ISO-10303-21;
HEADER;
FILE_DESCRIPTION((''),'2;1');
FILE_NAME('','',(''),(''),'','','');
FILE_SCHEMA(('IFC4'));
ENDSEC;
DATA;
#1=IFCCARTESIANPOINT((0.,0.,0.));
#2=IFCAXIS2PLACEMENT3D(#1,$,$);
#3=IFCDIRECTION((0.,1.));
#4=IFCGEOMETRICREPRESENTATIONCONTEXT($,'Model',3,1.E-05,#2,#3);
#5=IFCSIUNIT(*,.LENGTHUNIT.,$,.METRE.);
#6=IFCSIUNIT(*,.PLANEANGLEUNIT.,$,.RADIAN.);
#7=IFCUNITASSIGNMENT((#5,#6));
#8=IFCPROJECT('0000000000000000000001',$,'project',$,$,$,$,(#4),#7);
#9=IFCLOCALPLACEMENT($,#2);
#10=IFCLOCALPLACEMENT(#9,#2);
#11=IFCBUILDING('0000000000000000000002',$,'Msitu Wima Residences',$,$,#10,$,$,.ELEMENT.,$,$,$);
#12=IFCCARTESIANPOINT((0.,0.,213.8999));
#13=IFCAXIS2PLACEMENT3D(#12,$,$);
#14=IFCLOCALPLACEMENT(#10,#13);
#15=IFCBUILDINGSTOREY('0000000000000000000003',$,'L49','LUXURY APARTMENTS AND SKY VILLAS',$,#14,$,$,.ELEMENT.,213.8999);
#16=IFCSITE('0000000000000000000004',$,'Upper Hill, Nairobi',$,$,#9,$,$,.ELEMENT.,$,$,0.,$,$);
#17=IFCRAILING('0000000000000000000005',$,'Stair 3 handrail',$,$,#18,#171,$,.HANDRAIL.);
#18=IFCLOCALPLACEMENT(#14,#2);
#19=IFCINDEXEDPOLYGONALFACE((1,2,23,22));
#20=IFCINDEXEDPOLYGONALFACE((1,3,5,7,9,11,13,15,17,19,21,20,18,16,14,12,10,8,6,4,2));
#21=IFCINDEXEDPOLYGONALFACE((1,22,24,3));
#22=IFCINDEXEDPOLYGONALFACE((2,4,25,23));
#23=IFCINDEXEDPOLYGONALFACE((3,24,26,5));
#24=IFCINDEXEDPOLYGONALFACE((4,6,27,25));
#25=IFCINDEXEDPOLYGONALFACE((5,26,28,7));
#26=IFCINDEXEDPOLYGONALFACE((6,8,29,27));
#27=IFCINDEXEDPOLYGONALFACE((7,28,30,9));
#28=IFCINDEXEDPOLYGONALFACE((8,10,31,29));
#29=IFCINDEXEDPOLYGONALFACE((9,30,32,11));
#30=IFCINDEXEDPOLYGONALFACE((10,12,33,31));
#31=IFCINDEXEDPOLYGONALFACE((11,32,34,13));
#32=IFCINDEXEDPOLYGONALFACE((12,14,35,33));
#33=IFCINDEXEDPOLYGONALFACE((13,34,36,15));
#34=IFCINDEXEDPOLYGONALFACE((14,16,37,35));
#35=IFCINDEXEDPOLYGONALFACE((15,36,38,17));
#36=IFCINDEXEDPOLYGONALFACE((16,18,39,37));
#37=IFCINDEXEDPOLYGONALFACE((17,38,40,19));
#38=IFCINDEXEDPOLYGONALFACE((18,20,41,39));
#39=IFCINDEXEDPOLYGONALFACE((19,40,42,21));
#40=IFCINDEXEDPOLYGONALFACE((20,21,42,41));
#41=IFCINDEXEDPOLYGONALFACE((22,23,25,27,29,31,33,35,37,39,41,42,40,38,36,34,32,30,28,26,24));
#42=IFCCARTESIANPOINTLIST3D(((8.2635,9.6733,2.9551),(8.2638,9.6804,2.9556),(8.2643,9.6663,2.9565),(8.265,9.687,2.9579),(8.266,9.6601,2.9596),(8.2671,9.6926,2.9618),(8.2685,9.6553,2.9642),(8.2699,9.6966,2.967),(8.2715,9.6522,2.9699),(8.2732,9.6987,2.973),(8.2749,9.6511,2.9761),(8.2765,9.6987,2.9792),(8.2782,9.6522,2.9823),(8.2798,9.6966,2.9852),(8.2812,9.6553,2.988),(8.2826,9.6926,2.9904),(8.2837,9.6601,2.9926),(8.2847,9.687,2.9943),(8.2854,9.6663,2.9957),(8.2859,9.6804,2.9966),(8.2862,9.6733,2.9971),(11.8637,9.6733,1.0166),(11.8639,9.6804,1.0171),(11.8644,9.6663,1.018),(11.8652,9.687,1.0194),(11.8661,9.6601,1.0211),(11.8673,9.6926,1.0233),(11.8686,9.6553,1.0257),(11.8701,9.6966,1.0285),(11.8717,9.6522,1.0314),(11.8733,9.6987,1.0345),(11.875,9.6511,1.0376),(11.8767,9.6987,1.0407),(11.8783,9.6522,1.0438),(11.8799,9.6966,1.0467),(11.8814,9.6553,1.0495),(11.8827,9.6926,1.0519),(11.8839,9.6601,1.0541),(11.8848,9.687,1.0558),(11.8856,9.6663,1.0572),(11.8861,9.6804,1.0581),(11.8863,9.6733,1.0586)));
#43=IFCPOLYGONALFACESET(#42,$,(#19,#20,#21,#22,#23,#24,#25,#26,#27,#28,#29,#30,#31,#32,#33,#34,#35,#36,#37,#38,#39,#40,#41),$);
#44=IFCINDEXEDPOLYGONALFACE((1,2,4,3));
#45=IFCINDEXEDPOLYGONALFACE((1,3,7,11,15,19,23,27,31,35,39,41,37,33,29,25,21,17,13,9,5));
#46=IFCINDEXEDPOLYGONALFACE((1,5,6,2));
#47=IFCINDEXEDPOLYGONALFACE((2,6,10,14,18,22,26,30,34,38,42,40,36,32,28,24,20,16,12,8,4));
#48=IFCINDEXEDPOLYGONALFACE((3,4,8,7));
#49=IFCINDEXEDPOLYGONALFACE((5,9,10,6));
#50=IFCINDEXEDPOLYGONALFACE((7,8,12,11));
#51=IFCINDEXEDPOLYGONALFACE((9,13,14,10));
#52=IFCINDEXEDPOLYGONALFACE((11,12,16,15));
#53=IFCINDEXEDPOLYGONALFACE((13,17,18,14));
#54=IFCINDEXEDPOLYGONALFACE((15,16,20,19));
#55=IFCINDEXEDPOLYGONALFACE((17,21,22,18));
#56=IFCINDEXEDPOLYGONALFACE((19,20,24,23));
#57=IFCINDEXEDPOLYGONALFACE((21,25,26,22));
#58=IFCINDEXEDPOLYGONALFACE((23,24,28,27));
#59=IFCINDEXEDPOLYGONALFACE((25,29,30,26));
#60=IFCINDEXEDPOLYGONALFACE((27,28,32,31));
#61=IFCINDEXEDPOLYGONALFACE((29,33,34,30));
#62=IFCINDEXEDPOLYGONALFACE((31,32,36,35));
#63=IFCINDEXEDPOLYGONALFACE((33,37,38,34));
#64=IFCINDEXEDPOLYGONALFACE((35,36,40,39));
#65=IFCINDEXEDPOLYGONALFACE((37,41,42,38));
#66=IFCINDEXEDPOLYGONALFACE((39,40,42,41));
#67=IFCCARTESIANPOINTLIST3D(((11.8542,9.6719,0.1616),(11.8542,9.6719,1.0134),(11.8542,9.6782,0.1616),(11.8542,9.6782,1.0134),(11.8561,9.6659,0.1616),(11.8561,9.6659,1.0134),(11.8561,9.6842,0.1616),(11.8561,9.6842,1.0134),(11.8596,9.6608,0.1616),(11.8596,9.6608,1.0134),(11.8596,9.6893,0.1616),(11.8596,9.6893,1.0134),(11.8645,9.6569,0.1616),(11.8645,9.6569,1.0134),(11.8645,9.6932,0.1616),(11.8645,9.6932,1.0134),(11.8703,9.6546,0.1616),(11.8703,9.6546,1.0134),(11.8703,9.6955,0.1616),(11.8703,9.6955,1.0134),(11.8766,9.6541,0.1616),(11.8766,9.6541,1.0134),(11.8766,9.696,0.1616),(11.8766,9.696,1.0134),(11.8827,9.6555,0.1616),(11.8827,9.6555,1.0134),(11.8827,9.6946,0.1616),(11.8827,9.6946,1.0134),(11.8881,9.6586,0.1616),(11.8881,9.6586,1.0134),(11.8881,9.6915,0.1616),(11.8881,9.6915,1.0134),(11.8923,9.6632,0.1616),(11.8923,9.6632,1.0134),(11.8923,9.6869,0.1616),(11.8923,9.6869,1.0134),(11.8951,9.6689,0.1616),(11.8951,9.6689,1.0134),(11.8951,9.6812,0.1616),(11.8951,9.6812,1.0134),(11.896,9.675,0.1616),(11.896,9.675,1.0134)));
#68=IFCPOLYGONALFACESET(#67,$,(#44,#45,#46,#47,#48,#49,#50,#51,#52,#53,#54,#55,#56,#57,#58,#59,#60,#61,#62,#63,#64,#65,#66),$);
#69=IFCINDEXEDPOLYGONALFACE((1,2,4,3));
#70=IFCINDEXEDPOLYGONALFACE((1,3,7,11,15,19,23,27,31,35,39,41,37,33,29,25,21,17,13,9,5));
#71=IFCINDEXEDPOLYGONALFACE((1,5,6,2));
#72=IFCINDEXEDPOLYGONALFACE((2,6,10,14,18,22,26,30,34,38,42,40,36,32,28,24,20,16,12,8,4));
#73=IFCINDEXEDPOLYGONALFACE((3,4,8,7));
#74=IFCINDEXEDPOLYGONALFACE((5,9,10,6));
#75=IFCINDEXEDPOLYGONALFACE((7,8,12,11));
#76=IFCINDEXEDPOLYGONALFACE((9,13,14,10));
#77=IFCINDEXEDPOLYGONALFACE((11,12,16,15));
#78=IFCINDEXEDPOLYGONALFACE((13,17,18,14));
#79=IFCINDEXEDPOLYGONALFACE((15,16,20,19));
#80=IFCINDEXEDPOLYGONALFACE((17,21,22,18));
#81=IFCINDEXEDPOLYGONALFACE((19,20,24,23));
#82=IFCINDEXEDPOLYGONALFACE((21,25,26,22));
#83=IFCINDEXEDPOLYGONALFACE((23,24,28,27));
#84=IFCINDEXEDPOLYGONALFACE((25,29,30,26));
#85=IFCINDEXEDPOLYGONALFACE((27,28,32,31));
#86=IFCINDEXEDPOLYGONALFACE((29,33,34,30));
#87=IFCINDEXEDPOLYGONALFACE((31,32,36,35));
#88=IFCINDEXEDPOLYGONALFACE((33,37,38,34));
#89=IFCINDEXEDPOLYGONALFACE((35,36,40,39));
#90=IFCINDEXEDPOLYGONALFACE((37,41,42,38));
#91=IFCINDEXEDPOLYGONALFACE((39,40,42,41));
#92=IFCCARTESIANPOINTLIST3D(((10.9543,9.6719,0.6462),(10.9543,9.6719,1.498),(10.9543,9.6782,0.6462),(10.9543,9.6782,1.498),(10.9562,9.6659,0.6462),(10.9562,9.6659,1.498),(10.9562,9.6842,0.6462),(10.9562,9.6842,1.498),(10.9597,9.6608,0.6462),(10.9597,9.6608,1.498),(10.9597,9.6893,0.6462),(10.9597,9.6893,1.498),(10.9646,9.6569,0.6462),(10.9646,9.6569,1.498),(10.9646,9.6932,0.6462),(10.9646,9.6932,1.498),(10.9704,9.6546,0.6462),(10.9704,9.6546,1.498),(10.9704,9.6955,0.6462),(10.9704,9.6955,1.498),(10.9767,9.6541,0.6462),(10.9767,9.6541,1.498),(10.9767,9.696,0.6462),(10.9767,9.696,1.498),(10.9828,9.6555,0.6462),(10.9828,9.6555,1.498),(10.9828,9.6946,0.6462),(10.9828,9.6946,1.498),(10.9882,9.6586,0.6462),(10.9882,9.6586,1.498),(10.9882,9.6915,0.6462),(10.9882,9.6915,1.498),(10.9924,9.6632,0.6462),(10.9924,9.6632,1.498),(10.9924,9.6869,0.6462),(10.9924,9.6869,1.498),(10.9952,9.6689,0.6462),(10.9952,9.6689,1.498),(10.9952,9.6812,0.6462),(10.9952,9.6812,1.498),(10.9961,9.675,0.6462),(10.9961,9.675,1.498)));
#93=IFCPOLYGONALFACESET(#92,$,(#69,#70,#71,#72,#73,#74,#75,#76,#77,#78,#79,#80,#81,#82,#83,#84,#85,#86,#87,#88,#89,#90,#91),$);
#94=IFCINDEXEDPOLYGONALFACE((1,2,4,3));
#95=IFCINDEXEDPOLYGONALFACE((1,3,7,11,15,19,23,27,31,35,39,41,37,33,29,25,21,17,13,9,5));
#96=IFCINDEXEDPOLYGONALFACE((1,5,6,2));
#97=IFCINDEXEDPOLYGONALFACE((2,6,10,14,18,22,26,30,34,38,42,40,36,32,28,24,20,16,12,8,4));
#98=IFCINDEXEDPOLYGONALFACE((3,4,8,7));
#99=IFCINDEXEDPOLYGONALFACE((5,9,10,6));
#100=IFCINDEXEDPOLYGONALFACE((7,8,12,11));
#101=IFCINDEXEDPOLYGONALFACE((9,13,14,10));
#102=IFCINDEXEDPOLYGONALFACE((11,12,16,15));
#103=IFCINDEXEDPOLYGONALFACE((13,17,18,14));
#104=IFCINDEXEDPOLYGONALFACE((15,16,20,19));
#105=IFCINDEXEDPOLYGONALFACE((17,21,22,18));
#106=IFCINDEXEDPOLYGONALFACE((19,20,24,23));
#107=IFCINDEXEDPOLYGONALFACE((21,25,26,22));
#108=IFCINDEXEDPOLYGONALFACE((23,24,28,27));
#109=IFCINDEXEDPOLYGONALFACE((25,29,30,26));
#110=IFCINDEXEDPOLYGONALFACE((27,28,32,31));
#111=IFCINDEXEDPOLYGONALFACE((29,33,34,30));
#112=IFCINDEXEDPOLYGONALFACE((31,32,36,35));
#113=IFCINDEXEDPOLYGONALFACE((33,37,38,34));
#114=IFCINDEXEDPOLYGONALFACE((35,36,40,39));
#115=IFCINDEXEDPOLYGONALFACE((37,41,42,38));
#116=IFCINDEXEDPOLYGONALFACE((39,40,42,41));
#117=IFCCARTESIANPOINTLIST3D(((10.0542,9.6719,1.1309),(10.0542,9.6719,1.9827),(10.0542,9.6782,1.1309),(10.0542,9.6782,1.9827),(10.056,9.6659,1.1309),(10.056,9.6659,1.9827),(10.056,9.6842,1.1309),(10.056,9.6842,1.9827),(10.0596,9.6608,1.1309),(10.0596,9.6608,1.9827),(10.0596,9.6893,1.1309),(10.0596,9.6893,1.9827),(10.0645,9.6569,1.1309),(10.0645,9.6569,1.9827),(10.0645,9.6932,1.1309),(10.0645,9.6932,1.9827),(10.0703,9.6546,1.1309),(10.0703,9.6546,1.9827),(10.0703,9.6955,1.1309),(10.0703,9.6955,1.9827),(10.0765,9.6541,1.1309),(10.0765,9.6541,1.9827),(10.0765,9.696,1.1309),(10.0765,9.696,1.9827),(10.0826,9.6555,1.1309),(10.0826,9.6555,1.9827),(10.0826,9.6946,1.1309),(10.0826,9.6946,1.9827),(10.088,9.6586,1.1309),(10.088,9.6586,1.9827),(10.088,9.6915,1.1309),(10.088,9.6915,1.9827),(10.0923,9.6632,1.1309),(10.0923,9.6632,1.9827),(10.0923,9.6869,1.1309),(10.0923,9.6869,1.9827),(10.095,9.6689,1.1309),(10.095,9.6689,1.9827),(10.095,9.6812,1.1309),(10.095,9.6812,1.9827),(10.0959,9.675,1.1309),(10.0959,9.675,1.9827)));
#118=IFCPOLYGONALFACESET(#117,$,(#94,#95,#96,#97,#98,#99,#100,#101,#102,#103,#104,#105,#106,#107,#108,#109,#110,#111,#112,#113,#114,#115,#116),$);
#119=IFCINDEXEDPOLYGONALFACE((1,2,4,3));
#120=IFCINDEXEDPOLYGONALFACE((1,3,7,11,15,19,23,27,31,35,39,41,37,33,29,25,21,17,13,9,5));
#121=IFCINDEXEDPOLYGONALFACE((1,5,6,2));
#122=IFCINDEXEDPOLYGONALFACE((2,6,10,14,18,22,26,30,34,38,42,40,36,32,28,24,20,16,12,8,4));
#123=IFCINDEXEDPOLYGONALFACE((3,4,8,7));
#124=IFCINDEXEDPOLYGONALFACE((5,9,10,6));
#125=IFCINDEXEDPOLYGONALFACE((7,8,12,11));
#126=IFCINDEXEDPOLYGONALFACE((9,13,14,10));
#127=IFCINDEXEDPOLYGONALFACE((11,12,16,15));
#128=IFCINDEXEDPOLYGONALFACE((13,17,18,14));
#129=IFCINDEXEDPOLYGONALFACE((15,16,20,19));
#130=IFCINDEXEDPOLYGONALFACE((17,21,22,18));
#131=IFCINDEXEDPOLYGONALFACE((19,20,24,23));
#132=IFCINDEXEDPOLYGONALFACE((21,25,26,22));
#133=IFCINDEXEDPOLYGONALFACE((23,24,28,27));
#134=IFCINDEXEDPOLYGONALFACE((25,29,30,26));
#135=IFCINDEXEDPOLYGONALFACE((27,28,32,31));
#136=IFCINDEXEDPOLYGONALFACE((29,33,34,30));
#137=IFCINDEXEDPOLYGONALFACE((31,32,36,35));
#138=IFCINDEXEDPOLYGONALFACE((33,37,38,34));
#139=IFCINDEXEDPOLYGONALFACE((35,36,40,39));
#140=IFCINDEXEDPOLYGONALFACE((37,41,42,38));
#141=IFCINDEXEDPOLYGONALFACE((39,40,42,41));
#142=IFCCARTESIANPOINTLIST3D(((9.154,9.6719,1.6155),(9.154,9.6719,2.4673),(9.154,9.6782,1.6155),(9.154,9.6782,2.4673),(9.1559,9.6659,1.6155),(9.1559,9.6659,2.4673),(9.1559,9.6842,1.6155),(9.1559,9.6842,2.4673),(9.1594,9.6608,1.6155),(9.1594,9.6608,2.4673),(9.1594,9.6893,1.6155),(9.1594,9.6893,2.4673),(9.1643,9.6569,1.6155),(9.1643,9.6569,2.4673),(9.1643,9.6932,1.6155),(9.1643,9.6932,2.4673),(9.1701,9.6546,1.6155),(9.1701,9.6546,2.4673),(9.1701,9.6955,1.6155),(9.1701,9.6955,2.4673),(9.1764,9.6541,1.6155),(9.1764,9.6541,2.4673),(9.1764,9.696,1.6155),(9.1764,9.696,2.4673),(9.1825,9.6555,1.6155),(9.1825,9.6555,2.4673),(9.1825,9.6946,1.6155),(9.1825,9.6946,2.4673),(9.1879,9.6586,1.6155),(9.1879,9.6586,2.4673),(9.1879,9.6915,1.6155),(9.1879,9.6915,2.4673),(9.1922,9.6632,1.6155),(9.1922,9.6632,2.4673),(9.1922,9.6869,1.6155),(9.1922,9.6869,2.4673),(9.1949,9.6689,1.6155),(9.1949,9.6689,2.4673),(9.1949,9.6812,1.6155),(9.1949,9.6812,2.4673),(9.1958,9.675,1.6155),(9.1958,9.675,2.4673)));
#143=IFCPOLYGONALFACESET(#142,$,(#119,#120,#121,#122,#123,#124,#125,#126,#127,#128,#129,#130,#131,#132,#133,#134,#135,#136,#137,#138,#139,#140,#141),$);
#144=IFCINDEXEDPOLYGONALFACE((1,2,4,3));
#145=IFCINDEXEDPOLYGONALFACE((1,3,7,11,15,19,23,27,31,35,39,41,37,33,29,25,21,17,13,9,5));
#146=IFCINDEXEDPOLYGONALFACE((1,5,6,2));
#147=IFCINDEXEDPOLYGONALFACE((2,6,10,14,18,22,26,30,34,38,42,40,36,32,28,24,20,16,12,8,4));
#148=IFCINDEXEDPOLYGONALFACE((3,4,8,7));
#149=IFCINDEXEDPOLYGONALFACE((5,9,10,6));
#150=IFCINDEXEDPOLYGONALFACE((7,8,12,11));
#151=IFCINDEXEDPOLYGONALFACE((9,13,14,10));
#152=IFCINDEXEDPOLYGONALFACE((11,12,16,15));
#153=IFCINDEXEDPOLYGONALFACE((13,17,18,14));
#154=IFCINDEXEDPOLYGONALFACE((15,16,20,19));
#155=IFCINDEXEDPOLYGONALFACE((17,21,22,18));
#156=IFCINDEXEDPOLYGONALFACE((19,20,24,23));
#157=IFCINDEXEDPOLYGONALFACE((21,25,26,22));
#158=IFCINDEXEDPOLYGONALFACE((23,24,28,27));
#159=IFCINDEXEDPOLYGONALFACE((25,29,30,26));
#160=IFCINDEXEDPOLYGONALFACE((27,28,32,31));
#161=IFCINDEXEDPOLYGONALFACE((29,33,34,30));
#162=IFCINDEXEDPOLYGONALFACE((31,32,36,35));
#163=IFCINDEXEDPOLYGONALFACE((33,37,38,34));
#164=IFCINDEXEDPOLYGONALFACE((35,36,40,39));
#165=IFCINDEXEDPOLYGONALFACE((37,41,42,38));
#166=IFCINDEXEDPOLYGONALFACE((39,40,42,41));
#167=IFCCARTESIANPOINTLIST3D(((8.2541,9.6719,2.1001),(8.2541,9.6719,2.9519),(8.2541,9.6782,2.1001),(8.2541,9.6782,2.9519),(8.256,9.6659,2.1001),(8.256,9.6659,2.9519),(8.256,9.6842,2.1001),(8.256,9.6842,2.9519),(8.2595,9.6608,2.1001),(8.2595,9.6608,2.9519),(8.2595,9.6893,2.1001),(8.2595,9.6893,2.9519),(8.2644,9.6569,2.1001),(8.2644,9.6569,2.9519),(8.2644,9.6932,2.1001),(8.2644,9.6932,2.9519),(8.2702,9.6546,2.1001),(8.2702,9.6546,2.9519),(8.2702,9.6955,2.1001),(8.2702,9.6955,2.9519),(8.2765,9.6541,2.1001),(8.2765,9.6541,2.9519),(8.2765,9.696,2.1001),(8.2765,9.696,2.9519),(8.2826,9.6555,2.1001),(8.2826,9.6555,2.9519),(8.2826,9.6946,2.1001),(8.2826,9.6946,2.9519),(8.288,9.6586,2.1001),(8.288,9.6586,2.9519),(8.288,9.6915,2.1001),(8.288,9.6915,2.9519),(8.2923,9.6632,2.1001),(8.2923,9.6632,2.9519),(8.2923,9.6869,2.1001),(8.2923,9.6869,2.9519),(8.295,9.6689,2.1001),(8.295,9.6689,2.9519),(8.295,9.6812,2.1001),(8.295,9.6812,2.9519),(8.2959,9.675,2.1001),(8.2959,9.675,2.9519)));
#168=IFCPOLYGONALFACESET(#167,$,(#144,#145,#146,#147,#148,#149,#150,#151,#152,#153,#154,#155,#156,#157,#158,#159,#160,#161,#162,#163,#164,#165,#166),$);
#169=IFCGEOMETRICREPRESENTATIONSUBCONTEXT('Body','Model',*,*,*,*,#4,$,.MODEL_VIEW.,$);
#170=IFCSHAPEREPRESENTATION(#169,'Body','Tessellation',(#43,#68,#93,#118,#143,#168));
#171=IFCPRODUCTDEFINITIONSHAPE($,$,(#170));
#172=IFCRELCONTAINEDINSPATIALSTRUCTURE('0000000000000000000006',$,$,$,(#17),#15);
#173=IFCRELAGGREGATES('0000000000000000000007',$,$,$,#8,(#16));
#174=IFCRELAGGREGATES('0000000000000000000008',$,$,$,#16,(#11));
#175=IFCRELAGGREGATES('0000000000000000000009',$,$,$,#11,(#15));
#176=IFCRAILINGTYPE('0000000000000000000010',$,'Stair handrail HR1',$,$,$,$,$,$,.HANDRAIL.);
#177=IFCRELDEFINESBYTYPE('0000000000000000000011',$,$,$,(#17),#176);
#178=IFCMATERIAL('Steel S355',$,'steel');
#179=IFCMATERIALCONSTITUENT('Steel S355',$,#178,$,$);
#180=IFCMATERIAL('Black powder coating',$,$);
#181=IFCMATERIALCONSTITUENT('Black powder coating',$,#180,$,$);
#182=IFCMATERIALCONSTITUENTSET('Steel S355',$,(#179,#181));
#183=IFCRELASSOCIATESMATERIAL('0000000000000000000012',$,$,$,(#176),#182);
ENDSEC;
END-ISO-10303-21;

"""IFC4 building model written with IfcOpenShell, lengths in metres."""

from ifc_helpers import new_model, si_unit, direction, frame, origin, origin_2d, place, context, subcontext, project, spatial, circle, extrude, material, constituent, constituent_set, type_object, element, save


model = new_model("IFC4")

# Units and contexts
model_context = context("Model", 3, precision=1e-05, world=origin(), true_north=direction((0.0, 1.0)))
body_context = subcontext(model_context, "Body", "Model", "MODEL_VIEW")
ifc_project = project(units=[si_unit("LENGTHUNIT", "METRE"), si_unit("PLANEANGLEUNIT", "RADIAN")], contexts=[model_context])

# Site, building, storey
site_placement = place(None, origin())
site = spatial("IfcSite", under=ifc_project, at=site_placement, Name="Upper Hill, Nairobi", CompositionType="ELEMENT", RefElevation=0.0)
building_placement = place(site_placement, origin())
building = spatial("IfcBuilding", under=site, at=building_placement, Name="Msitu Wima Residences", CompositionType="ELEMENT")
storey_placement = place(building_placement, frame((0.0, 0.0, 213.8999)))
storey = spatial("IfcBuildingStorey", under=building, at=storey_placement, Name="L49", Description="LUXURY APARTMENTS AND SKY VILLAS", CompositionType="ELEMENT", Elevation=213.8999)

# Railing
ifc_material_1 = material(Name="Steel S355", Category="steel")
ifc_constituent_1 = constituent(ifc_material_1, Name="Steel S355")
ifc_material_2 = material(Name="Black powder coating")
ifc_constituent_2 = constituent(ifc_material_2, Name="Black powder coating")
ifc_constituent_set_1 = constituent_set(constituents=[ifc_constituent_1, ifc_constituent_2], Name="Steel S355")
railing_type_1 = type_object("IfcRailingType", Name="Stair handrail HR1", PredefinedType="HANDRAIL", material=ifc_constituent_set_1)
for number, where, name in (
    (1, (11.875, 9.675, 0.1616), "Stair 3 handrail"),
):
    element("IfcRailing", number, at=place(storey_placement, frame(where)), inside=storey, type_object=railing_type_1, Name=name, PredefinedType="HANDRAIL", context=body_context, shape_type="SweptSolid", body=[
        extrude(circle(Radius=0.0239, at=origin_2d()), frame((0.0, 0.0, 0.876), z_axis=(-0.880475, 0.0, 0.474093), x_axis=(0.0, -1.0, 0.0)), (0.0, 0.0, 1.0), 4.0889),
        extrude(circle(Radius=0.021, at=origin_2d()), origin(), (0.0, 0.0, 1.0), 0.8518),
        extrude(circle(Radius=0.021, at=origin_2d()), frame((-0.8999, 0.0, 0.4846)), (0.0, 0.0, 1.0), 0.8518),
        extrude(circle(Radius=0.021, at=origin_2d()), frame((-1.8, 0.0, 0.9692)), (0.0, 0.0, 1.0), 0.8518),
        extrude(circle(Radius=0.021, at=origin_2d()), frame((-2.7002, 0.0, 1.4539)), (0.0, 0.0, 1.0), 0.8518),
        extrude(circle(Radius=0.021, at=origin_2d()), frame((-3.6001, 0.0, 1.9385)), (0.0, 0.0, 1.0), 0.8518),
    ])

save(model, "model.ifc")
